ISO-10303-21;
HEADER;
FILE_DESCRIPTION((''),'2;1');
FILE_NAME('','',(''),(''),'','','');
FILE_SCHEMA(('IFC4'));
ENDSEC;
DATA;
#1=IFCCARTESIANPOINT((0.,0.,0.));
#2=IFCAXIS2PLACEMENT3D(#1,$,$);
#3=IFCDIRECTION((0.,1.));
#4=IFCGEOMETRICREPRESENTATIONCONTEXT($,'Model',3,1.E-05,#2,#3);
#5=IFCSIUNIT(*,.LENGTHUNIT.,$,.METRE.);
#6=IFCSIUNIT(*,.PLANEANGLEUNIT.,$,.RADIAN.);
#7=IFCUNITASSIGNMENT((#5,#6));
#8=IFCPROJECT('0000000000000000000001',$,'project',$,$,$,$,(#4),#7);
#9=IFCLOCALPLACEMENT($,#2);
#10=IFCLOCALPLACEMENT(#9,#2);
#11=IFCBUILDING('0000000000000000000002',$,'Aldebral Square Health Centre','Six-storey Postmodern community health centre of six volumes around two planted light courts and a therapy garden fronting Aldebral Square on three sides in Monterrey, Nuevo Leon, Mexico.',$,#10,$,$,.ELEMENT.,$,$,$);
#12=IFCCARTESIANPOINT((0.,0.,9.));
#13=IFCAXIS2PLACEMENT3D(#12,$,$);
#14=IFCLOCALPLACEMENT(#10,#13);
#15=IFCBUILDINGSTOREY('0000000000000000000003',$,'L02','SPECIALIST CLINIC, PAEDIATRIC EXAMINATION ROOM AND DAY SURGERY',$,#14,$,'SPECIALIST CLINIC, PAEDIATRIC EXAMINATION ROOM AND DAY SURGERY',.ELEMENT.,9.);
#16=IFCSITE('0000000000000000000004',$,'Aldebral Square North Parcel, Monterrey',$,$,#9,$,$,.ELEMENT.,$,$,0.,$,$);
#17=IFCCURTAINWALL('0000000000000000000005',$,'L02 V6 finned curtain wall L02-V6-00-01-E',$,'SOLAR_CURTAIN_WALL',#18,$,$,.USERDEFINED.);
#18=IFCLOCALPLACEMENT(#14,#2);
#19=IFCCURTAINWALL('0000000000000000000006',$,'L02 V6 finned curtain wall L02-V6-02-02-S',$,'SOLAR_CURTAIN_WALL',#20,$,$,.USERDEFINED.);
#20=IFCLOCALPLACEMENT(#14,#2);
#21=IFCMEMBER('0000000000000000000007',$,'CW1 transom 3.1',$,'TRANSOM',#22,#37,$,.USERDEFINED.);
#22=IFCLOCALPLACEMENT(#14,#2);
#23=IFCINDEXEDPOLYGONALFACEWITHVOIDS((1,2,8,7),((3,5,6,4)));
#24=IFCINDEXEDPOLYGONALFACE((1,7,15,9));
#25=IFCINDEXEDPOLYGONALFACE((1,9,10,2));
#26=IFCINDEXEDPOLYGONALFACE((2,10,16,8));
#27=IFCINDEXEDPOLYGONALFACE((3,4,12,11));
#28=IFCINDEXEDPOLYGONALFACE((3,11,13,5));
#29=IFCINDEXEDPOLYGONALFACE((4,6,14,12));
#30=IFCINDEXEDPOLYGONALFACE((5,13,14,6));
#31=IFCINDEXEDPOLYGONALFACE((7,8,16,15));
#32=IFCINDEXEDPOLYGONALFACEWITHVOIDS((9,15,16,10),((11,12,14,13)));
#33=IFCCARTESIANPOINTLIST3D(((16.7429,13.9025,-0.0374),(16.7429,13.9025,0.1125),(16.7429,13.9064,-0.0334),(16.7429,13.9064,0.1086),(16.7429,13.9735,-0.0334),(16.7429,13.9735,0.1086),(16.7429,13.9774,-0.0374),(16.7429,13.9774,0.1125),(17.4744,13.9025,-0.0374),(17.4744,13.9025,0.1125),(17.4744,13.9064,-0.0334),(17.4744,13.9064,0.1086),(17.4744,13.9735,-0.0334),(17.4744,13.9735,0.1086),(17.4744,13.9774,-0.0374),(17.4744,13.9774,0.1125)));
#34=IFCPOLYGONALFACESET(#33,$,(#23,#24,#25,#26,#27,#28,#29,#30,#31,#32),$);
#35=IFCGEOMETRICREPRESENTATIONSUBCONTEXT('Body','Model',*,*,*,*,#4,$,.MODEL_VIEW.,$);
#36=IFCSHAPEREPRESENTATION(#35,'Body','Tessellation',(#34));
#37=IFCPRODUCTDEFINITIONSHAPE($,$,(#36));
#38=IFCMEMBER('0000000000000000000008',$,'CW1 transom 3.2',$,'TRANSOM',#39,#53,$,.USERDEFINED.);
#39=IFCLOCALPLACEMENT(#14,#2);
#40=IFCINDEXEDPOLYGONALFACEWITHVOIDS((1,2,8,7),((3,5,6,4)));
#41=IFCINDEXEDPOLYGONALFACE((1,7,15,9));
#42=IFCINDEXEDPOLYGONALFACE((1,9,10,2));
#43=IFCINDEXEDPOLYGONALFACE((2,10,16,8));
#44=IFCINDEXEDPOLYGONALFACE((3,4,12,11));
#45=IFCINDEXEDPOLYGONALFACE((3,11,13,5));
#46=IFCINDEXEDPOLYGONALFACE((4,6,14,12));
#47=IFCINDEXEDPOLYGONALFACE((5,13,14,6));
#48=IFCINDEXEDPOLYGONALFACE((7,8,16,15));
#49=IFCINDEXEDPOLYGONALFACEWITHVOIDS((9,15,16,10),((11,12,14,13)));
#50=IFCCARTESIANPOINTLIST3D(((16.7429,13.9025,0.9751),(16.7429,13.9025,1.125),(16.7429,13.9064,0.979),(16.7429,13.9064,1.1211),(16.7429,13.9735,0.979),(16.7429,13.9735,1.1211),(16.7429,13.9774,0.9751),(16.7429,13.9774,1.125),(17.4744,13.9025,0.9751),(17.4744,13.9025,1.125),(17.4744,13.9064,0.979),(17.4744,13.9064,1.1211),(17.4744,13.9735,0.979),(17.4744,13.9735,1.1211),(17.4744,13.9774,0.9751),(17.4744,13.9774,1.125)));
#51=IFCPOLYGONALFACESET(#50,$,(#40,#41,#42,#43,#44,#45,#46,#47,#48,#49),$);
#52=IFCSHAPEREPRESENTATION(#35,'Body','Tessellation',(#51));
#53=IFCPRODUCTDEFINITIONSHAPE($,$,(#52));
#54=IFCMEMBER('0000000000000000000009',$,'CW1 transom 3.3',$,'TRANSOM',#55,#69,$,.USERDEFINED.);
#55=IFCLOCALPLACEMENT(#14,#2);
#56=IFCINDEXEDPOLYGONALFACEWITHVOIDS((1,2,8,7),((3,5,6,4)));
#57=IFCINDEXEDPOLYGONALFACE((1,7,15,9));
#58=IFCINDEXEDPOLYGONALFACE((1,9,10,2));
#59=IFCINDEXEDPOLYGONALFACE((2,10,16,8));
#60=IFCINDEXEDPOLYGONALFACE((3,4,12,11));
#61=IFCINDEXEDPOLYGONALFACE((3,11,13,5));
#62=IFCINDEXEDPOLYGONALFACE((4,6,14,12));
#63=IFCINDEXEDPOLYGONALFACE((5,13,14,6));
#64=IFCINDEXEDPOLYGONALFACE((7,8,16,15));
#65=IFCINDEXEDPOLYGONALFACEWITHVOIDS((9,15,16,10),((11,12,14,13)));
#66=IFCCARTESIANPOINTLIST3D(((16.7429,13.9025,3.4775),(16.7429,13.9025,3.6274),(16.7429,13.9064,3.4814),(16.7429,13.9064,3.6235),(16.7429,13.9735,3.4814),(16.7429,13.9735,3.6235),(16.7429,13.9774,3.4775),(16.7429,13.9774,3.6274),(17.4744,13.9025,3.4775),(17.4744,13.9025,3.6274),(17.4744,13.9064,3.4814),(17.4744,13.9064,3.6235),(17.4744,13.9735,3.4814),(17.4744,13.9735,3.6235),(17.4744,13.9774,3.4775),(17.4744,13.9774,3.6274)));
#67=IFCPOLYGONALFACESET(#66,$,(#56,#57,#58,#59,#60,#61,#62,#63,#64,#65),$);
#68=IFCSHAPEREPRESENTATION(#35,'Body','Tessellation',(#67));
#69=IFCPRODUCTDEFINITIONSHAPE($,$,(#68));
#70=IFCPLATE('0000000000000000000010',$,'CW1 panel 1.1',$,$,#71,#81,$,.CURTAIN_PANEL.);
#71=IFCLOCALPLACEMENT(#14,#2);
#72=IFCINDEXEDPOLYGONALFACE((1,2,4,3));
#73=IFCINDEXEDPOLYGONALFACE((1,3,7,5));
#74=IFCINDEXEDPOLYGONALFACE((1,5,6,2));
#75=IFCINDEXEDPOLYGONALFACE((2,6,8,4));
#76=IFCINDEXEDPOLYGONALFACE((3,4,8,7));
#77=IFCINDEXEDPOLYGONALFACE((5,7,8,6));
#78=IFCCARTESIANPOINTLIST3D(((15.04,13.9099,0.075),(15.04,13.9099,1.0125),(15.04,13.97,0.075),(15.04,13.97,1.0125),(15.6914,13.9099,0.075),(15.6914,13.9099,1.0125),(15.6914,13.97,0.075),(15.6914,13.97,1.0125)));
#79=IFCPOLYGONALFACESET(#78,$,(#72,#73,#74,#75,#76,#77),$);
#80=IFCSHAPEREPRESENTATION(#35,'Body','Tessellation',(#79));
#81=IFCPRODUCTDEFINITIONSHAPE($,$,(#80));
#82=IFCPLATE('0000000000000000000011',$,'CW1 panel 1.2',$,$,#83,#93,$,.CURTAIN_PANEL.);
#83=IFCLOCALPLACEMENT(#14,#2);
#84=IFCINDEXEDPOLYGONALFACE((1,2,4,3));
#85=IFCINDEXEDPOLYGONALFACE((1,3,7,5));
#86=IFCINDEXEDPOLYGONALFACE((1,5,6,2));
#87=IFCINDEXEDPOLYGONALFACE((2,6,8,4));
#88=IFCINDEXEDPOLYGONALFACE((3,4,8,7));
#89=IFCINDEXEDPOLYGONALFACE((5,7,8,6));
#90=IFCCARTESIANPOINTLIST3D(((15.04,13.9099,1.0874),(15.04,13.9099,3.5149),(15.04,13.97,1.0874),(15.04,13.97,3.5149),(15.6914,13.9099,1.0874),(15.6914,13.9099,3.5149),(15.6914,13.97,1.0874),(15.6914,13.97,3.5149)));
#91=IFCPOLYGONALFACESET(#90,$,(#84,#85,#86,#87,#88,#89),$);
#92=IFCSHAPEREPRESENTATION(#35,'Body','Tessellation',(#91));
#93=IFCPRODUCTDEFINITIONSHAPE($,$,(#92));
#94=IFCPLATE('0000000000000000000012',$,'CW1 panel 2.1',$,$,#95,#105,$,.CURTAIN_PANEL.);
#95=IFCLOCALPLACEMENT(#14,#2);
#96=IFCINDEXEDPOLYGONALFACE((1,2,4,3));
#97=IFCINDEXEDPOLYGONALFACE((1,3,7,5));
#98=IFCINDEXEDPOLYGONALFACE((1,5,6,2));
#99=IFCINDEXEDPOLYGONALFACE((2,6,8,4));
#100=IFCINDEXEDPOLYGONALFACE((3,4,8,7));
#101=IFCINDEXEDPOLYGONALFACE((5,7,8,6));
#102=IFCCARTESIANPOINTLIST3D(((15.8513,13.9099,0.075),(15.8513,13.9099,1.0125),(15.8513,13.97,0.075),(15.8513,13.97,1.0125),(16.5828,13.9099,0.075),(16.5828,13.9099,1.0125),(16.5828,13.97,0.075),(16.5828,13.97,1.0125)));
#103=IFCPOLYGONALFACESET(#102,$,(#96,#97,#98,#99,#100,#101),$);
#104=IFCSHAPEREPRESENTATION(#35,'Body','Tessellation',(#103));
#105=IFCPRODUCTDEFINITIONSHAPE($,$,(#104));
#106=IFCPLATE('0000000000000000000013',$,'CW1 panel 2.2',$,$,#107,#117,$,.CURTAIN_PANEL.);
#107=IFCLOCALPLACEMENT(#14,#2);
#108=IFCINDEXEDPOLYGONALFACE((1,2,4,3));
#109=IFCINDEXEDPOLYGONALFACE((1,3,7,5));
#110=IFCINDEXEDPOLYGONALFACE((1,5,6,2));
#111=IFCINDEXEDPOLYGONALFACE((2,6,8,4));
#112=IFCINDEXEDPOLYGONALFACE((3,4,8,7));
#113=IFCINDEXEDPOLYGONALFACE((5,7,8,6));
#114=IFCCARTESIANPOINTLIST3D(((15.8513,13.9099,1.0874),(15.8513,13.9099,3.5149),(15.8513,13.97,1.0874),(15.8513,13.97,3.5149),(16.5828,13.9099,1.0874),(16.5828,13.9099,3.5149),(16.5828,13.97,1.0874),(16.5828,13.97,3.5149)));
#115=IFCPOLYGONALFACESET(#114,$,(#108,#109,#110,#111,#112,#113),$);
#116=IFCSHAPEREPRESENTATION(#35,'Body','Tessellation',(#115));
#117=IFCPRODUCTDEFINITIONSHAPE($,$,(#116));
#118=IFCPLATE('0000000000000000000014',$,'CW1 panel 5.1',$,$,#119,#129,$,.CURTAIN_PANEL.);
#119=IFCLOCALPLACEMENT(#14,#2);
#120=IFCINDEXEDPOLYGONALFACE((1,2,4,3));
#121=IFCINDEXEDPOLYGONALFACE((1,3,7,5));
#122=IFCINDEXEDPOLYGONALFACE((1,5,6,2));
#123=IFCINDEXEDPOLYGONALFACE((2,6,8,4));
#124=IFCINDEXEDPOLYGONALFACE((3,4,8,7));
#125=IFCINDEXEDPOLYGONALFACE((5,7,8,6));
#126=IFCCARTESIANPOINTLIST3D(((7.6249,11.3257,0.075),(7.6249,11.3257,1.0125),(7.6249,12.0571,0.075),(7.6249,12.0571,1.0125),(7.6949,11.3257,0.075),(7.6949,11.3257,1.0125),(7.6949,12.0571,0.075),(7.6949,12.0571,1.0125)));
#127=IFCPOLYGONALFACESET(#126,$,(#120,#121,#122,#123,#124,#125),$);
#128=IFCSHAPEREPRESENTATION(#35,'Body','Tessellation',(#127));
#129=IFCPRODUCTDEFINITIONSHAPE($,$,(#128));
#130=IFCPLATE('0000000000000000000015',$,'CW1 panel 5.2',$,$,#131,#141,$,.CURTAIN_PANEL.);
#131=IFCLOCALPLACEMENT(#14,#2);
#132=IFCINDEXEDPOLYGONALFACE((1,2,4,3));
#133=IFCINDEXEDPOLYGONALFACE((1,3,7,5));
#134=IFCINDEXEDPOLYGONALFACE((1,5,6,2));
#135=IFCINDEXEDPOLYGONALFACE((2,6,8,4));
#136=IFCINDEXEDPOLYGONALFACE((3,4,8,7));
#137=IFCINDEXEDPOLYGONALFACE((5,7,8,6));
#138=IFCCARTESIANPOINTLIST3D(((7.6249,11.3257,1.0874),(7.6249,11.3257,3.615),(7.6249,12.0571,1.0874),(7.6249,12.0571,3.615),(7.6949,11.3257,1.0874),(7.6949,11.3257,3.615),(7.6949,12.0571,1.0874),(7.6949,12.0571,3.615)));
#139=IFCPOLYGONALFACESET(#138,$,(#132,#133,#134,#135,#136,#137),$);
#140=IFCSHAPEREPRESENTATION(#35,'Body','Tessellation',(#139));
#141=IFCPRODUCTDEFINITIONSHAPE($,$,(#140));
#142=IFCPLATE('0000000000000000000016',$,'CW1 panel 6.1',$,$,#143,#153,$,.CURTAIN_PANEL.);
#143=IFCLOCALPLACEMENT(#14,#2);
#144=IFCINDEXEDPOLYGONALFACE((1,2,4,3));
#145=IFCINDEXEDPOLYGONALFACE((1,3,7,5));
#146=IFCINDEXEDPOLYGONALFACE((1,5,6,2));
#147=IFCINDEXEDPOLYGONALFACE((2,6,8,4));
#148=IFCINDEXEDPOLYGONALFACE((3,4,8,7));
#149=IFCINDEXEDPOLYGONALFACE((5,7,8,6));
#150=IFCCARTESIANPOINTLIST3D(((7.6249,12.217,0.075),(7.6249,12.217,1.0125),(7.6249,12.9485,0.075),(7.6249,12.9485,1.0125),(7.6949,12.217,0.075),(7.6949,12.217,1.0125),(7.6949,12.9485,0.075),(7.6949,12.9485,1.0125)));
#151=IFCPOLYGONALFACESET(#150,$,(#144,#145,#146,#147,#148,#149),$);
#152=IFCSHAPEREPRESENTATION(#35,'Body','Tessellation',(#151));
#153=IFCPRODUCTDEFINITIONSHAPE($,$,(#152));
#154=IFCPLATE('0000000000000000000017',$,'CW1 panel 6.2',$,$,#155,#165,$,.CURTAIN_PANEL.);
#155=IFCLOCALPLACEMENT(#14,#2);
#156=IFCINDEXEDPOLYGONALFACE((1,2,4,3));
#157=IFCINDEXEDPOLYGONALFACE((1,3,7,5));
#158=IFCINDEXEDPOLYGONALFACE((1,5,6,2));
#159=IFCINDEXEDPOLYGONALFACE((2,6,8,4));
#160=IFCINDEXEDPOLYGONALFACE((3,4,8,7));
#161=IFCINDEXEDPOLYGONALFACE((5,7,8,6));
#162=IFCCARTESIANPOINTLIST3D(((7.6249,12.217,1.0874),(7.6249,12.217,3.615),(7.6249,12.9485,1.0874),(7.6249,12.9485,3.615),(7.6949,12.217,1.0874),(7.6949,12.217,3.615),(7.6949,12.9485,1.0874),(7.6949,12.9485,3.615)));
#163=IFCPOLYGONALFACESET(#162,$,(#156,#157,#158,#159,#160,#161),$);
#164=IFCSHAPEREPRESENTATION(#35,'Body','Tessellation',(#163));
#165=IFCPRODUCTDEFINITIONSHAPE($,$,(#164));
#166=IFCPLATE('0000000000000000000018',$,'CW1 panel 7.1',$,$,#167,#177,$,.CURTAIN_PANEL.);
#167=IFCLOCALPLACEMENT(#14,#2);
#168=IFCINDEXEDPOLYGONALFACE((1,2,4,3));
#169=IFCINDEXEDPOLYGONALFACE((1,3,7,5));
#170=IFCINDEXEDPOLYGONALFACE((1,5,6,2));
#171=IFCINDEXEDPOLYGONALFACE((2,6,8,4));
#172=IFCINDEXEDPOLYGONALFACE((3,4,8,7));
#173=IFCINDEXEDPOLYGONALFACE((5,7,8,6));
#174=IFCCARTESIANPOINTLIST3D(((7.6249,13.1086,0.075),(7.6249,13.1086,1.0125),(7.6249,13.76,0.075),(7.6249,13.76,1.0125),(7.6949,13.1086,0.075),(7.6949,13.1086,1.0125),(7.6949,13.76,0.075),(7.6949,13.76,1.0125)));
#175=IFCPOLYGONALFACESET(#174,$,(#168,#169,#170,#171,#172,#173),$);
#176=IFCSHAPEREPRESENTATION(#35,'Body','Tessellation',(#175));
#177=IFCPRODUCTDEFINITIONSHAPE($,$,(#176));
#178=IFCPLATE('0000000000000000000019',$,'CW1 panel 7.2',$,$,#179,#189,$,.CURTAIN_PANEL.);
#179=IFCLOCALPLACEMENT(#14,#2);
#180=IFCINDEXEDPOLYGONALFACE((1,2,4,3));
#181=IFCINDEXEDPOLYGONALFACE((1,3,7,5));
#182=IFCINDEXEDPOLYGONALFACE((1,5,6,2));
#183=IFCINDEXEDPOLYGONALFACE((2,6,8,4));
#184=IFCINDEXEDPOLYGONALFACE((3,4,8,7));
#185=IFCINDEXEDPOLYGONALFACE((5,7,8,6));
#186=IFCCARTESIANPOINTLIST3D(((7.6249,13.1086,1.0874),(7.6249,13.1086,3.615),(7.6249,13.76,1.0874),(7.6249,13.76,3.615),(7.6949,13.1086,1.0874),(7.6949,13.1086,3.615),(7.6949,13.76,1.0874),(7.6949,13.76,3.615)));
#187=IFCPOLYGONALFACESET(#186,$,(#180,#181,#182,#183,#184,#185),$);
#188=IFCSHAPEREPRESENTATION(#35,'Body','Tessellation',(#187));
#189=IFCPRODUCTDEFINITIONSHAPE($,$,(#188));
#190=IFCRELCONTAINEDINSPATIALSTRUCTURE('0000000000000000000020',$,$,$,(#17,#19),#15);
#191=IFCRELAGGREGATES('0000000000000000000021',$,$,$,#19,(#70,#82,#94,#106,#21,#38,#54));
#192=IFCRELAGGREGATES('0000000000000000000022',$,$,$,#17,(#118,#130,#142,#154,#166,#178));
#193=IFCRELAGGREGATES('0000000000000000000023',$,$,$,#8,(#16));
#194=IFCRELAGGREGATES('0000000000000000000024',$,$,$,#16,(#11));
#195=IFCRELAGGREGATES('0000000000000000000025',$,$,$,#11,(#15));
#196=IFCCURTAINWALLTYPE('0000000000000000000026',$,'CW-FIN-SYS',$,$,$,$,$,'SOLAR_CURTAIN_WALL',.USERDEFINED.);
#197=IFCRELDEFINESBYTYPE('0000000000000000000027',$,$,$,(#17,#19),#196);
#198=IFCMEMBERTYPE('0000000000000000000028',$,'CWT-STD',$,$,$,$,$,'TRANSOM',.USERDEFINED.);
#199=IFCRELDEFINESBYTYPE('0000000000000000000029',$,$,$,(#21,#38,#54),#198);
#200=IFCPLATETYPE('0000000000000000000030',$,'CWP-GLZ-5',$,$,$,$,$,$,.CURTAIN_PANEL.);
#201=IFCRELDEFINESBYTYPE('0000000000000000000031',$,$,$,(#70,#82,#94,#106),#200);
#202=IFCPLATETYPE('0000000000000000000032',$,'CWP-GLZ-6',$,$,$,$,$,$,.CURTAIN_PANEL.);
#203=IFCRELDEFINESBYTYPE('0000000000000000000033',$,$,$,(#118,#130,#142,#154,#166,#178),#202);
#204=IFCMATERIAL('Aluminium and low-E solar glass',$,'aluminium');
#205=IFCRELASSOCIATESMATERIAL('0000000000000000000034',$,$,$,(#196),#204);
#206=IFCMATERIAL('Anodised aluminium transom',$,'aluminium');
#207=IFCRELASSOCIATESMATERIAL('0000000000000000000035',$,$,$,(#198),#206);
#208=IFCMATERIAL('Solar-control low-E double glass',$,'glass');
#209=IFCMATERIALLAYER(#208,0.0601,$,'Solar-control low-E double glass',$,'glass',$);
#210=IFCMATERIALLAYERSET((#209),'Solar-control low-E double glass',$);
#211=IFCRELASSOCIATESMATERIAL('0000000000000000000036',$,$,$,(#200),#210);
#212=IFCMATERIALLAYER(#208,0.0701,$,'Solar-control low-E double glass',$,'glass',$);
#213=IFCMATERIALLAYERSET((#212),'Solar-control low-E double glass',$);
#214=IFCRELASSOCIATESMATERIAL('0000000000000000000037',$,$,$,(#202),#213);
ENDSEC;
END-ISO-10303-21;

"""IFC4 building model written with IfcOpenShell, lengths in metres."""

from ifc_helpers import new_model, si_unit, direction, frame, origin, origin_2d, place, context, subcontext, project, spatial, rectangle, hollow_rectangle, extrude, material, layer, layer_set, material_profile, profile_set, type_object, element, aggregate, save


model = new_model("IFC4")

# Units and contexts
model_context = context("Model", 3, precision=1e-05, world=origin(), true_north=direction((0.0, 1.0)))
body_context = subcontext(model_context, "Body", "Model", "MODEL_VIEW")
ifc_project = project(units=[si_unit("LENGTHUNIT", "METRE"), si_unit("PLANEANGLEUNIT", "RADIAN")], contexts=[model_context])

# Site, building, storey
site_placement = place(None, origin())
site = spatial("IfcSite", under=ifc_project, at=site_placement, Name="Aldebral Square North Parcel, Monterrey", CompositionType="ELEMENT", RefElevation=0.0)
building_placement = place(site_placement, origin())
building = spatial("IfcBuilding", under=site, at=building_placement, Name="Aldebral Square Health Centre", Description="Six-storey Postmodern community health centre of six volumes around two planted light courts and a therapy garden fronting Aldebral Square on three sides in Monterrey, Nuevo Leon, Mexico.", CompositionType="ELEMENT")
storey_placement = place(building_placement, frame((0.0, 0.0, 9.0)))
storey = spatial("IfcBuildingStorey", under=building, at=storey_placement, Name="L02", Description="SPECIALIST CLINIC, PAEDIATRIC EXAMINATION ROOM AND DAY SURGERY", LongName="SPECIALIST CLINIC, PAEDIATRIC EXAMINATION ROOM AND DAY SURGERY", CompositionType="ELEMENT", Elevation=9.0)

# Curtain walls
ifc_material_1 = material(Name="Aluminium and low-E solar glass", Category="aluminium")
curtain_wall_type = type_object("IfcCurtainWallType", Name="CW-FIN-SYS", ElementType="SOLAR_CURTAIN_WALL", PredefinedType="USERDEFINED", material=ifc_material_1)
curtain_wall_1_placement = place(storey_placement, origin())
curtain_wall_1 = element("IfcCurtainWall", 1, at=curtain_wall_1_placement, inside=storey, type_object=curtain_wall_type, Name="L02 V6 finned curtain wall L02-V6-00-01-E", ObjectType="SOLAR_CURTAIN_WALL", PredefinedType="USERDEFINED")
curtain_wall_2_placement = place(storey_placement, origin())
curtain_wall_2 = element("IfcCurtainWall", 2, at=curtain_wall_2_placement, inside=storey, type_object=curtain_wall_type, Name="L02 V6 finned curtain wall L02-V6-02-02-S", ObjectType="SOLAR_CURTAIN_WALL", PredefinedType="USERDEFINED")

# Members
ifc_material_2 = material(Name="Anodised aluminium transom", Category="aluminium")
ifc_material_profile_1 = material_profile(ifc_material_2, hollow_rectangle(XDim=0.075, YDim=0.1499, WallThickness=0.0039, at=origin_2d()), Name="CWT 75x150x4")
ifc_profile_set_1 = profile_set([ifc_material_profile_1], Name="Anodised aluminium transom")
member_type_1 = type_object("IfcMemberType", Name="CWT-STD", ElementType="TRANSOM", PredefinedType="USERDEFINED", material=ifc_profile_set_1)
member_1_placement = place(storey_placement, frame((16.7429, 13.9399, 0.0376), z_axis=(1.0, 0.0, 0.0), x_axis=(0.0, 1.0, 0.0)))
member_1 = element("IfcMember", 3, at=member_1_placement, type_object=member_type_1, Name="CW1 transom 3.1", ObjectType="TRANSOM", PredefinedType="USERDEFINED", context=body_context, shape_type="SweptSolid", body=[
    extrude(hollow_rectangle(XDim=0.075, YDim=0.1499, WallThickness=0.0039, at=origin_2d()), origin(), (0.0, 0.0, 1.0), 0.7314),
])
member_2_placement = place(storey_placement, frame((16.7429, 13.9399, 1.05), z_axis=(1.0, 0.0, 0.0), x_axis=(0.0, 1.0, 0.0)))
member_2 = element("IfcMember", 4, at=member_2_placement, type_object=member_type_1, Name="CW1 transom 3.2", ObjectType="TRANSOM", PredefinedType="USERDEFINED", context=body_context, shape_type="SweptSolid", body=[
    extrude(hollow_rectangle(XDim=0.075, YDim=0.1499, WallThickness=0.0039, at=origin_2d()), origin(), (0.0, 0.0, 1.0), 0.7314),
])
member_3_placement = place(storey_placement, frame((16.7429, 13.9399, 3.5525), z_axis=(1.0, 0.0, 0.0), x_axis=(0.0, 1.0, 0.0)))
member_3 = element("IfcMember", 5, at=member_3_placement, type_object=member_type_1, Name="CW1 transom 3.3", ObjectType="TRANSOM", PredefinedType="USERDEFINED", context=body_context, shape_type="SweptSolid", body=[
    extrude(hollow_rectangle(XDim=0.075, YDim=0.1499, WallThickness=0.0039, at=origin_2d()), origin(), (0.0, 0.0, 1.0), 0.7314),
])

# Plates
ifc_material_3 = material(Name="Solar-control low-E double glass", Category="glass")
ifc_layer_1 = layer(ifc_material_3, 0.0601, Name="Solar-control low-E double glass", Category="glass")
ifc_layer_set_1 = layer_set([ifc_layer_1], Name="Solar-control low-E double glass")
plate_type_1 = type_object("IfcPlateType", Name="CWP-GLZ-5", PredefinedType="CURTAIN_PANEL", material=ifc_layer_set_1)
plate_1_placement = place(storey_placement, frame((15.3657, 13.9399, 0.075), z_axis=(0.0, 0.0, 1.0), x_axis=(1.0, 0.0, 0.0)))
plate_1 = element("IfcPlate", 6, at=plate_1_placement, type_object=plate_type_1, Name="CW1 panel 1.1", PredefinedType="CURTAIN_PANEL", context=body_context, shape_type="SweptSolid", body=[
    extrude(rectangle(XDim=0.6514, YDim=0.0601, at=origin_2d()), origin(), (0.0, 0.0, 1.0), 0.9375),
])
plate_2_placement = place(storey_placement, frame((15.3657, 13.9399, 1.0874), z_axis=(0.0, 0.0, 1.0), x_axis=(1.0, 0.0, 0.0)))
plate_2 = element("IfcPlate", 7, at=plate_2_placement, type_object=plate_type_1, Name="CW1 panel 1.2", PredefinedType="CURTAIN_PANEL", context=body_context, shape_type="SweptSolid", body=[
    extrude(rectangle(XDim=0.6514, YDim=0.0601, at=origin_2d()), origin(), (0.0, 0.0, 1.0), 2.4275),
])
plate_3_placement = place(storey_placement, frame((16.217, 13.9399, 0.075), z_axis=(0.0, 0.0, 1.0), x_axis=(1.0, 0.0, 0.0)))
plate_3 = element("IfcPlate", 8, at=plate_3_placement, type_object=plate_type_1, Name="CW1 panel 2.1", PredefinedType="CURTAIN_PANEL", context=body_context, shape_type="SweptSolid", body=[
    extrude(rectangle(XDim=0.7314, YDim=0.0601, at=origin_2d()), origin(), (0.0, 0.0, 1.0), 0.9375),
])
plate_4_placement = place(storey_placement, frame((16.217, 13.9399, 1.0874), z_axis=(0.0, 0.0, 1.0), x_axis=(1.0, 0.0, 0.0)))
plate_4 = element("IfcPlate", 9, at=plate_4_placement, type_object=plate_type_1, Name="CW1 panel 2.2", PredefinedType="CURTAIN_PANEL", context=body_context, shape_type="SweptSolid", body=[
    extrude(rectangle(XDim=0.7314, YDim=0.0601, at=origin_2d()), origin(), (0.0, 0.0, 1.0), 2.4275),
])
aggregate(curtain_wall_2, [plate_1, plate_2, plate_3, plate_4, member_1, member_2, member_3])
ifc_layer_2 = layer(ifc_material_3, 0.0701, Name="Solar-control low-E double glass", Category="glass")
ifc_layer_set_2 = layer_set([ifc_layer_2], Name="Solar-control low-E double glass")
plate_type_2 = type_object("IfcPlateType", Name="CWP-GLZ-6", PredefinedType="CURTAIN_PANEL", material=ifc_layer_set_2)
plate_5_placement = place(storey_placement, frame((7.6599, 11.6914, 0.075), z_axis=(0.0, 0.0, 1.0), x_axis=(0.0, 1.0, 0.0)))
plate_5 = element("IfcPlate", 10, at=plate_5_placement, type_object=plate_type_2, Name="CW1 panel 5.1", PredefinedType="CURTAIN_PANEL", context=body_context, shape_type="SweptSolid", body=[
    extrude(rectangle(XDim=0.7314, YDim=0.0701, at=origin_2d()), origin(), (0.0, 0.0, 1.0), 0.9375),
])
plate_6_placement = place(storey_placement, frame((7.6599, 11.6914, 1.0874), z_axis=(0.0, 0.0, 1.0), x_axis=(0.0, 1.0, 0.0)))
plate_6 = element("IfcPlate", 11, at=plate_6_placement, type_object=plate_type_2, Name="CW1 panel 5.2", PredefinedType="CURTAIN_PANEL", context=body_context, shape_type="SweptSolid", body=[
    extrude(rectangle(XDim=0.7314, YDim=0.0701, at=origin_2d()), origin(), (0.0, 0.0, 1.0), 2.5276),
])
plate_7_placement = place(storey_placement, frame((7.6599, 12.5828, 0.075), z_axis=(0.0, 0.0, 1.0), x_axis=(0.0, 1.0, 0.0)))
plate_7 = element("IfcPlate", 12, at=plate_7_placement, type_object=plate_type_2, Name="CW1 panel 6.1", PredefinedType="CURTAIN_PANEL", context=body_context, shape_type="SweptSolid", body=[
    extrude(rectangle(XDim=0.7314, YDim=0.0701, at=origin_2d()), origin(), (0.0, 0.0, 1.0), 0.9375),
])
plate_8_placement = place(storey_placement, frame((7.6599, 12.5828, 1.0874), z_axis=(0.0, 0.0, 1.0), x_axis=(0.0, 1.0, 0.0)))
plate_8 = element("IfcPlate", 13, at=plate_8_placement, type_object=plate_type_2, Name="CW1 panel 6.2", PredefinedType="CURTAIN_PANEL", context=body_context, shape_type="SweptSolid", body=[
    extrude(rectangle(XDim=0.7314, YDim=0.0701, at=origin_2d()), origin(), (0.0, 0.0, 1.0), 2.5276),
])
plate_9_placement = place(storey_placement, frame((7.6599, 13.4343, 0.075), z_axis=(0.0, 0.0, 1.0), x_axis=(0.0, 1.0, 0.0)))
plate_9 = element("IfcPlate", 14, at=plate_9_placement, type_object=plate_type_2, Name="CW1 panel 7.1", PredefinedType="CURTAIN_PANEL", context=body_context, shape_type="SweptSolid", body=[
    extrude(rectangle(XDim=0.6514, YDim=0.0701, at=origin_2d()), origin(), (0.0, 0.0, 1.0), 0.9375),
])
plate_10_placement = place(storey_placement, frame((7.6599, 13.4343, 1.0874), z_axis=(0.0, 0.0, 1.0), x_axis=(0.0, 1.0, 0.0)))
plate_10 = element("IfcPlate", 15, at=plate_10_placement, type_object=plate_type_2, Name="CW1 panel 7.2", PredefinedType="CURTAIN_PANEL", context=body_context, shape_type="SweptSolid", body=[
    extrude(rectangle(XDim=0.6514, YDim=0.0701, at=origin_2d()), origin(), (0.0, 0.0, 1.0), 2.5276),
])
aggregate(curtain_wall_1, [plate_5, plate_6, plate_7, plate_8, plate_9, plate_10])

save(model, "model.ifc")
